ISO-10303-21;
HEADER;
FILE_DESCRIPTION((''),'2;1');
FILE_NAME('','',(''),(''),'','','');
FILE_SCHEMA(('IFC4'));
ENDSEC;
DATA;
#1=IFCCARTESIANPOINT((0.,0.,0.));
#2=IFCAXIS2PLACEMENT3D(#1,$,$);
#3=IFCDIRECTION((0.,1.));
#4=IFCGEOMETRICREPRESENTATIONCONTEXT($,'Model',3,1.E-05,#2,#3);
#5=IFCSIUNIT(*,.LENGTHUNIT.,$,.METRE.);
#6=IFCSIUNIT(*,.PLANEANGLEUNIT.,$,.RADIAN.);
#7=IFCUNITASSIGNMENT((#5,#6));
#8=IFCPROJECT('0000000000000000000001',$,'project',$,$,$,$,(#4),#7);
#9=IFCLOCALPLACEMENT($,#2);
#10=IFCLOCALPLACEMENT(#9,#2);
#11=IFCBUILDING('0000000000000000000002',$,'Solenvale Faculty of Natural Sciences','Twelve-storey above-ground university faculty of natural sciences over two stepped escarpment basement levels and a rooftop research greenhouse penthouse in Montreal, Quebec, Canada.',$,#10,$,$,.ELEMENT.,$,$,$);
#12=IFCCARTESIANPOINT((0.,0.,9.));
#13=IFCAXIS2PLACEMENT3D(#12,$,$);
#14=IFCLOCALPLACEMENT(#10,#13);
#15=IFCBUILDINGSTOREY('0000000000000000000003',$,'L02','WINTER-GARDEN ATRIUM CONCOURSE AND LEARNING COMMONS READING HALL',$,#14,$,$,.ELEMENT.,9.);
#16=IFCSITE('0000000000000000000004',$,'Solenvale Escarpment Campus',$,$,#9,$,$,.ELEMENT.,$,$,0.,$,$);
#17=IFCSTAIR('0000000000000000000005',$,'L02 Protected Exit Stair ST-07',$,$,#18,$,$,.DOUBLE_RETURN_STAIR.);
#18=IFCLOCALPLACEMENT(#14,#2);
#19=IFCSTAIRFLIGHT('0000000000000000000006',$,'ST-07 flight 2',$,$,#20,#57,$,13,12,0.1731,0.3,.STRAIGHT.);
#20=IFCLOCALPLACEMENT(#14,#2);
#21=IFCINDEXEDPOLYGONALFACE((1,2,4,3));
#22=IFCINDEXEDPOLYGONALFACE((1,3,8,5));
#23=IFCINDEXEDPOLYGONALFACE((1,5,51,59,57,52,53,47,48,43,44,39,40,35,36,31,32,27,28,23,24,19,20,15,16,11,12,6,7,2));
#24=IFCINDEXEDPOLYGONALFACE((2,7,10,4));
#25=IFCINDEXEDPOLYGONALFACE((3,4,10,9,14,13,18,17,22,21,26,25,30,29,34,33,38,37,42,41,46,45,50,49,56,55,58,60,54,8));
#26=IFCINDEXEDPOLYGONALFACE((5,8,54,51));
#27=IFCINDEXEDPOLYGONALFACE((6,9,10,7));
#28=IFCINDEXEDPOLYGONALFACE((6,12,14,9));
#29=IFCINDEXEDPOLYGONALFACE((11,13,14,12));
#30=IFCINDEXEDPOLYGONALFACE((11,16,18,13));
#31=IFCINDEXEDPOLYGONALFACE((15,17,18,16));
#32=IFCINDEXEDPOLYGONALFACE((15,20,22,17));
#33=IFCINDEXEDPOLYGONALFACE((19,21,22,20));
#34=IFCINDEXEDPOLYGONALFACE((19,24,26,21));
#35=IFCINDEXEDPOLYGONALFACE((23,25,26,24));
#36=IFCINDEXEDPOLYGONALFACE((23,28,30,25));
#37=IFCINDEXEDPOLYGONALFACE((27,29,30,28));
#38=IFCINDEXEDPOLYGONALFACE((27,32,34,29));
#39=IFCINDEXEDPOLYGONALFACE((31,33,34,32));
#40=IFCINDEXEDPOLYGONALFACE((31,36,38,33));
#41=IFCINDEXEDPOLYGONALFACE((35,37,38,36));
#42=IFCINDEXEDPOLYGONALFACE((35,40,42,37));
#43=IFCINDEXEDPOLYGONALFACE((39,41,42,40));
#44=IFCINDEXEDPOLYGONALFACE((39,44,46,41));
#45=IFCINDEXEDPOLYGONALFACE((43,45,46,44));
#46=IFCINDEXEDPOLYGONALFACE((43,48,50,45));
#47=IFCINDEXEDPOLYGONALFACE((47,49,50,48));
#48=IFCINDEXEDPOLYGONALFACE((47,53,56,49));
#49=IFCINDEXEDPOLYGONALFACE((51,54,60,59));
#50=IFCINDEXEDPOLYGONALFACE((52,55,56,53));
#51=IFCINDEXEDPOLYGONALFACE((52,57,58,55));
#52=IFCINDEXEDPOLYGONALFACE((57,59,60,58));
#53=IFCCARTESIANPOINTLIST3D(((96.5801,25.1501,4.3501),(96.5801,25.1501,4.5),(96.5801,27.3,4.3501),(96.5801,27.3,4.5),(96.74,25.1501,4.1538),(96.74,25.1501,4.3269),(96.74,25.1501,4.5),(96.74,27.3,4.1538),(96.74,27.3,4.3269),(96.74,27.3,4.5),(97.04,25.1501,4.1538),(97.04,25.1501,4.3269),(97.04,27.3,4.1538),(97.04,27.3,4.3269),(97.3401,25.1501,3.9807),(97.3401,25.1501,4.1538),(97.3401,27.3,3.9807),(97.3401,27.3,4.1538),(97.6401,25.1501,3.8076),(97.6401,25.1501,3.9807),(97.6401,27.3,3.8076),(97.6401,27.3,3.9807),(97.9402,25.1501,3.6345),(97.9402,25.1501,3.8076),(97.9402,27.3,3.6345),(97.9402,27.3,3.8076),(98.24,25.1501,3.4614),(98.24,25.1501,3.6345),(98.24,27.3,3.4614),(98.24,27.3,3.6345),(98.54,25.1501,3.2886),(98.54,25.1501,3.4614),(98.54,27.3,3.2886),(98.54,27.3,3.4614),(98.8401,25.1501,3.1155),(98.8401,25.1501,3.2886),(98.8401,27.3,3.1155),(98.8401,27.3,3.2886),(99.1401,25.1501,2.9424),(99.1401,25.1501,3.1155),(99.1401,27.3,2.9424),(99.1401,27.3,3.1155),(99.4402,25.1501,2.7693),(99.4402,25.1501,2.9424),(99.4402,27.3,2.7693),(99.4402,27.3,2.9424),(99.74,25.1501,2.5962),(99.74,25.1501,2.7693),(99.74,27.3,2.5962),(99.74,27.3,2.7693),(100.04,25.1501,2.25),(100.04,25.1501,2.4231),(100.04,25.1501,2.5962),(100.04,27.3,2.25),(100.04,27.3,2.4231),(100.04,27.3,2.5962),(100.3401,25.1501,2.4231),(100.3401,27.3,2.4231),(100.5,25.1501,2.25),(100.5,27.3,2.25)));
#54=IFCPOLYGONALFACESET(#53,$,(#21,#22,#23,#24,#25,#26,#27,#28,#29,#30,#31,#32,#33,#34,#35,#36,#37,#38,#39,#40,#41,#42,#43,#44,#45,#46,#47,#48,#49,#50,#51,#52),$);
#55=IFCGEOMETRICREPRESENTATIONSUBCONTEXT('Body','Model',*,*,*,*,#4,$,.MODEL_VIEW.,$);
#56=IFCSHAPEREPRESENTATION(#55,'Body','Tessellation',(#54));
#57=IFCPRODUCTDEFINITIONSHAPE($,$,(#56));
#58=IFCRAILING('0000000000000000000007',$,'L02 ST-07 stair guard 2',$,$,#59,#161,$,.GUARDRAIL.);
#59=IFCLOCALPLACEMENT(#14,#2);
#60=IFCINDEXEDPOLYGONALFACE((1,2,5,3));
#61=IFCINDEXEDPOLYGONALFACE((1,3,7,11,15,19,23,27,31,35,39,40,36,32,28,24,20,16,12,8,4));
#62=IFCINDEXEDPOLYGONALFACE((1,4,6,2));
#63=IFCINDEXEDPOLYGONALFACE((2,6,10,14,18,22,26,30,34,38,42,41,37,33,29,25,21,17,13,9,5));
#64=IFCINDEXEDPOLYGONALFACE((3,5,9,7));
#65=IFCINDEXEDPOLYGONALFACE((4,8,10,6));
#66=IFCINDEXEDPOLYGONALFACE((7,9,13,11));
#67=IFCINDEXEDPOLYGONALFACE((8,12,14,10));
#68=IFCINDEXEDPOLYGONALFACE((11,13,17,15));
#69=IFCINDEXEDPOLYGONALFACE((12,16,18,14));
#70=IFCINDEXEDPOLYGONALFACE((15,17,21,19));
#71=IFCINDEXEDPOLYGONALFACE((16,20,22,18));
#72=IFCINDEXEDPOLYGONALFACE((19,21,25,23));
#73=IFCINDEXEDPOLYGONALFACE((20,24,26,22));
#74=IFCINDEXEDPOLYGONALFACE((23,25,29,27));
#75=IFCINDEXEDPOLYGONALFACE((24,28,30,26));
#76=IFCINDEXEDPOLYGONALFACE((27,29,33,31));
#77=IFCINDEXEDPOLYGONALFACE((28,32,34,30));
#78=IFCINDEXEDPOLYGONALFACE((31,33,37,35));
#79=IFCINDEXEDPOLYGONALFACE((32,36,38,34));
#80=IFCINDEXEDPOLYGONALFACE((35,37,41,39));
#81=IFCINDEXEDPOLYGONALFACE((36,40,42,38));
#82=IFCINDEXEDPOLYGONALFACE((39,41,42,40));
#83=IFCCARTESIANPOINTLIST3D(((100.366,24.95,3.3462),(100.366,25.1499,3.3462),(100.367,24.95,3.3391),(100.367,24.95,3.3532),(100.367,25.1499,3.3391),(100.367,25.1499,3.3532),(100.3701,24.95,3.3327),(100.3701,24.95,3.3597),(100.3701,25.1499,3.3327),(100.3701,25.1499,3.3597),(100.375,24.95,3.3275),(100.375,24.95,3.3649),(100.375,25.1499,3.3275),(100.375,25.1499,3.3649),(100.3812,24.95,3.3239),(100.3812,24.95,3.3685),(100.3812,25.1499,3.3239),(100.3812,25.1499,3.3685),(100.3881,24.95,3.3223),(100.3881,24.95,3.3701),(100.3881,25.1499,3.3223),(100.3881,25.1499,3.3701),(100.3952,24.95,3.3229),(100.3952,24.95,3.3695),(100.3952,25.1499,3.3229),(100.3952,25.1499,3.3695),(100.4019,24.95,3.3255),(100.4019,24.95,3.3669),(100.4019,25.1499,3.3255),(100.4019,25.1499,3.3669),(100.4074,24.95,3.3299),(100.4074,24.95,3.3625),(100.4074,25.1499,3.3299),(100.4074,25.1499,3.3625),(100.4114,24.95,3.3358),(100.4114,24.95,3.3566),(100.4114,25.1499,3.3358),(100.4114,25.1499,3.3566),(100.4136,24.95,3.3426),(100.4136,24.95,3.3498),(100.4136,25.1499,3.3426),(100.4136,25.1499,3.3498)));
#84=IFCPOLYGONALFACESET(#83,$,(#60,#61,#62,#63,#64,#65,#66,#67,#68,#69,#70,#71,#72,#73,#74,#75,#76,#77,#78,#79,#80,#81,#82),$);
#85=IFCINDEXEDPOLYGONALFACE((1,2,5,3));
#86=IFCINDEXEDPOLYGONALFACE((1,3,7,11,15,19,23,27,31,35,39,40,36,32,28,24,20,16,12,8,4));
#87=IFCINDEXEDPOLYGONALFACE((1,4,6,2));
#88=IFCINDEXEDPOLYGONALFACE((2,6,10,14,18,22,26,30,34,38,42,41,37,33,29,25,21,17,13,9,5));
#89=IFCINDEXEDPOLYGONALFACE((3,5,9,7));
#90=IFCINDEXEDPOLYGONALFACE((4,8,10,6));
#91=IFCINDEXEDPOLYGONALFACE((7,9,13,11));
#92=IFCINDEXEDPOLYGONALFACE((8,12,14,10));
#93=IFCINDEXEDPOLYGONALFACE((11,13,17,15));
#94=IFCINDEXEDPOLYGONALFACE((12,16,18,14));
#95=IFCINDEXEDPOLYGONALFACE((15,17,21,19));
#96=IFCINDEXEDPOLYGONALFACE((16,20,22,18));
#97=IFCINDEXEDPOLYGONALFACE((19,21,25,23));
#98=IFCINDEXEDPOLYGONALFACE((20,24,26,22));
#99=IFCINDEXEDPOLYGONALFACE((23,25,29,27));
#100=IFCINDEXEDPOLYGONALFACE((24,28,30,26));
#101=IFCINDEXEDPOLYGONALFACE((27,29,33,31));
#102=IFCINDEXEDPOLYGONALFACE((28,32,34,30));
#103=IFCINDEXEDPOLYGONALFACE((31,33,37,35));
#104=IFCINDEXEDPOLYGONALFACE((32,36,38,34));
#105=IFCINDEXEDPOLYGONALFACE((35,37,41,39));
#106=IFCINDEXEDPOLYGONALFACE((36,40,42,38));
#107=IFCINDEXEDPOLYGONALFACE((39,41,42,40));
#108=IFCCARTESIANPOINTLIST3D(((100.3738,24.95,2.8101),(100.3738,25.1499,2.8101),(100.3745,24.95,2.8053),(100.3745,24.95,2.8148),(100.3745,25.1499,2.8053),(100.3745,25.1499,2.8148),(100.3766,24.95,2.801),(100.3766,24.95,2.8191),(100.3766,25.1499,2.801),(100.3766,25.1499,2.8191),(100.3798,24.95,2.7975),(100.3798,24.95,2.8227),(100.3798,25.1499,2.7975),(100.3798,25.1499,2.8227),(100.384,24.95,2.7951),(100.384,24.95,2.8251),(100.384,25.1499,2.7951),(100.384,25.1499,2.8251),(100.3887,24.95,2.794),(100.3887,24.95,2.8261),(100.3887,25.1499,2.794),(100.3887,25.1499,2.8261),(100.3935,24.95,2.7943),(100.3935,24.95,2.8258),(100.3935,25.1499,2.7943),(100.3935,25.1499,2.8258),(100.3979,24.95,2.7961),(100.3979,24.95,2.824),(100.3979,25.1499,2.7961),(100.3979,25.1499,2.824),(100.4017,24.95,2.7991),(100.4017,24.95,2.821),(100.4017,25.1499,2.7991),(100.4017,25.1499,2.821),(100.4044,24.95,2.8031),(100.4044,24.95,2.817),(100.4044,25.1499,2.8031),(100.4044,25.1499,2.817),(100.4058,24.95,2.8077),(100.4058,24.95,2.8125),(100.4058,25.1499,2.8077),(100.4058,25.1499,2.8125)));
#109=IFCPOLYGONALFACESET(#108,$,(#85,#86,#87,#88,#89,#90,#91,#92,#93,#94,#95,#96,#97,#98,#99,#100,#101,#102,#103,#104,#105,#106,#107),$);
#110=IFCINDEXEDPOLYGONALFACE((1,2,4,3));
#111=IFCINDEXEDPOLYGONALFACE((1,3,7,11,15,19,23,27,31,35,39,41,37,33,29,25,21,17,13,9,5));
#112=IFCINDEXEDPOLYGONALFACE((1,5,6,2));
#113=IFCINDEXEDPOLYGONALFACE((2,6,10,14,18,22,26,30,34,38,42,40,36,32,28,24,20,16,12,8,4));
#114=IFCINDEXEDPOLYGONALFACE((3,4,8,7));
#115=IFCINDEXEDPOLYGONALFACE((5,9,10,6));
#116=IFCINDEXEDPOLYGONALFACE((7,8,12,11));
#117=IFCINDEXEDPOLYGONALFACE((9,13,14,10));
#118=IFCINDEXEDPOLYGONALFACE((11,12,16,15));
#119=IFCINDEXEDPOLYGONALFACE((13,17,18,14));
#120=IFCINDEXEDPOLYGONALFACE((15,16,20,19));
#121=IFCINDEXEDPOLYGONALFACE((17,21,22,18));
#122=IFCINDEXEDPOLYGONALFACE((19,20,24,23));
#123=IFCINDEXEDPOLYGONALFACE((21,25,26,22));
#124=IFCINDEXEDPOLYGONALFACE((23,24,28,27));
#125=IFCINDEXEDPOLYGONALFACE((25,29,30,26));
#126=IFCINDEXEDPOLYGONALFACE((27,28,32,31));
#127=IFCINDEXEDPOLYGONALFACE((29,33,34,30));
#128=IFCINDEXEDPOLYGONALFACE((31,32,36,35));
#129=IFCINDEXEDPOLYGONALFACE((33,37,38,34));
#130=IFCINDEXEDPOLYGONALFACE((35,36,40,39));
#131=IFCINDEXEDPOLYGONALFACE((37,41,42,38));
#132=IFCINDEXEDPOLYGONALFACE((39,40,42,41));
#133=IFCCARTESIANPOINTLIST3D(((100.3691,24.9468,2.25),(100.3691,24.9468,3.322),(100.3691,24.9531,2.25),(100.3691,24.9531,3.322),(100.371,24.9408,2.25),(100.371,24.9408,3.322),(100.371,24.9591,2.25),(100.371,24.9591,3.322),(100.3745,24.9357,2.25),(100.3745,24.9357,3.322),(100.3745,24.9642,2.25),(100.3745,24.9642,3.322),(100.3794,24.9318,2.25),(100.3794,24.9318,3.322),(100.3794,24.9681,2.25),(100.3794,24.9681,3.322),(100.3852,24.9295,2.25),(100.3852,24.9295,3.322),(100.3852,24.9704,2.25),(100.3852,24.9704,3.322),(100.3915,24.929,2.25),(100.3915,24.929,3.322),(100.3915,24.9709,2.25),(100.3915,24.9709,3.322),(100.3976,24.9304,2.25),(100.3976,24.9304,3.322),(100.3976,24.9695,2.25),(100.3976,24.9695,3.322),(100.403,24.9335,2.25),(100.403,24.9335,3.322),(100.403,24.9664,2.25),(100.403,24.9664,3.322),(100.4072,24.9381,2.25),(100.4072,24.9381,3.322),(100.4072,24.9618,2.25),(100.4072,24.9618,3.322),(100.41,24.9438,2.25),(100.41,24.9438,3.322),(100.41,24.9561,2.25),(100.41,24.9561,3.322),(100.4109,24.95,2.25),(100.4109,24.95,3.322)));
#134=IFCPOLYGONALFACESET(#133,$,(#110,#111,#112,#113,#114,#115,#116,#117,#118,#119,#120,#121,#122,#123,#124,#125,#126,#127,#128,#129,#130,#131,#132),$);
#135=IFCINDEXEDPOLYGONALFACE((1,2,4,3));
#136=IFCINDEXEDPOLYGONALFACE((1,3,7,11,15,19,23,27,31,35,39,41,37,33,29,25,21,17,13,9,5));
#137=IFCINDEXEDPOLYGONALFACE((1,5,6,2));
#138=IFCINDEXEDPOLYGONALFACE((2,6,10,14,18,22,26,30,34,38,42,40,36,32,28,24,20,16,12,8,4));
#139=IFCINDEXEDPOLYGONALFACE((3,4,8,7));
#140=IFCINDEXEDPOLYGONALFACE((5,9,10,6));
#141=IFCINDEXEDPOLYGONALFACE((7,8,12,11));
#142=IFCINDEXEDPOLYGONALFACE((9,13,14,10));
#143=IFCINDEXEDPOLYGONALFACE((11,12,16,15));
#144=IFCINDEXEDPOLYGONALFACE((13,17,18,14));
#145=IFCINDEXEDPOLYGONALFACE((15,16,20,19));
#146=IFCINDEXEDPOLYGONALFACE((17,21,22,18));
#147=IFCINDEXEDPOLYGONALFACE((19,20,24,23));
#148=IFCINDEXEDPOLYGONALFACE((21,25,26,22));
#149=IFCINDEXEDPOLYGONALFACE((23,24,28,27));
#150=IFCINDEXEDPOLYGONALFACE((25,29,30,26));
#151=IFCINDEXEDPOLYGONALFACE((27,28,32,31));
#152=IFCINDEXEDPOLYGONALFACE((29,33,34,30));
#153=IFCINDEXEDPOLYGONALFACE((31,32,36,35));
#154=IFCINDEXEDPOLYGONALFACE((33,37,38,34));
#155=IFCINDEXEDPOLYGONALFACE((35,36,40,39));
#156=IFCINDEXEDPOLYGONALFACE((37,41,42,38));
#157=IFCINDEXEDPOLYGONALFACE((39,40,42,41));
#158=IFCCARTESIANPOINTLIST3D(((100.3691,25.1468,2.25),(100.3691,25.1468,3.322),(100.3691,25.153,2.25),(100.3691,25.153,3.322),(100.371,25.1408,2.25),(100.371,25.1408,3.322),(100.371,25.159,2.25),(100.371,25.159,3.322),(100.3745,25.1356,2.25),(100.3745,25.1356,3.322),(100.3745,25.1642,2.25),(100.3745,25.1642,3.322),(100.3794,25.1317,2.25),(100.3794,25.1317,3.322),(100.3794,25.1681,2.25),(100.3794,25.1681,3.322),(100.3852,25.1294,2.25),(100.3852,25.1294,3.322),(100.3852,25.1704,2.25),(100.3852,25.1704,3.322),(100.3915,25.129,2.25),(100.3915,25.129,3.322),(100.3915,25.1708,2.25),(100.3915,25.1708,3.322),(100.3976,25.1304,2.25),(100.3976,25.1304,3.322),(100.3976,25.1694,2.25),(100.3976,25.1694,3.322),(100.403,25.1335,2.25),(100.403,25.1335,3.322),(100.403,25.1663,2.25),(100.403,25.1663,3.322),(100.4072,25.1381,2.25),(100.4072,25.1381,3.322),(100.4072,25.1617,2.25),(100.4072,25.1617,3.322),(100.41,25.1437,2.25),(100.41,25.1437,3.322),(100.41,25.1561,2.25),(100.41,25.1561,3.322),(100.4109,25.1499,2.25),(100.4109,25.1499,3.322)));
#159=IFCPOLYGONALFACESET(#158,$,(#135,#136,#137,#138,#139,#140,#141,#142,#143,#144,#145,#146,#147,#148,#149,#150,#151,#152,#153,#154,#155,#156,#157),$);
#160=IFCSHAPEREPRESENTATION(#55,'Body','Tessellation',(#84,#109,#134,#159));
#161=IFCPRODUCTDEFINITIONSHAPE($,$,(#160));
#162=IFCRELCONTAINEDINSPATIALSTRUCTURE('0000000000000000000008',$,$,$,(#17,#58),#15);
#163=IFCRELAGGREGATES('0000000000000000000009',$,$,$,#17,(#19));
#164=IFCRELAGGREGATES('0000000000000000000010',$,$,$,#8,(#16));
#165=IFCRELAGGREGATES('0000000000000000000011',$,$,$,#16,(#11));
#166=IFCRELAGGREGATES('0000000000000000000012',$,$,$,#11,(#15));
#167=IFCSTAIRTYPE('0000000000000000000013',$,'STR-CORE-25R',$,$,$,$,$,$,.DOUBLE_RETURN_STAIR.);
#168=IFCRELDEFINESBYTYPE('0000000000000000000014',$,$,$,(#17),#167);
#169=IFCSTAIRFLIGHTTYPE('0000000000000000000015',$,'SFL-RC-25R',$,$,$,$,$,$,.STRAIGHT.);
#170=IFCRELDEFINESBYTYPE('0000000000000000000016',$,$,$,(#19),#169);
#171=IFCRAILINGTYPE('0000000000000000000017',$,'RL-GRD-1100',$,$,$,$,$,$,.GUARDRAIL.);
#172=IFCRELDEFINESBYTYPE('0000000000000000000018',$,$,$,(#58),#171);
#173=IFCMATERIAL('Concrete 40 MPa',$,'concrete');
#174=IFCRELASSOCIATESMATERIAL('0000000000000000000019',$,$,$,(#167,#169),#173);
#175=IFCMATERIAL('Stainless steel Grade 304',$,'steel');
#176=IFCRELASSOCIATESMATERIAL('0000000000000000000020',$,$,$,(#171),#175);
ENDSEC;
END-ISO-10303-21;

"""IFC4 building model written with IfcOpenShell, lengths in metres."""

from ifc_helpers import new_model, si_unit, direction, frame, origin, origin_2d, place, context, subcontext, project, spatial, polyline, circle, outline, extrude, material, type_object, element, aggregate, save


model = new_model("IFC4")

# Units and contexts
model_context = context("Model", 3, precision=1e-05, world=origin(), true_north=direction((0.0, 1.0)))
body_context = subcontext(model_context, "Body", "Model", "MODEL_VIEW")
ifc_project = project(units=[si_unit("LENGTHUNIT", "METRE"), si_unit("PLANEANGLEUNIT", "RADIAN")], contexts=[model_context])

# Site, building, storey
site_placement = place(None, origin())
site = spatial("IfcSite", under=ifc_project, at=site_placement, Name="Solenvale Escarpment Campus", CompositionType="ELEMENT", RefElevation=0.0)
building_placement = place(site_placement, origin())
building = spatial("IfcBuilding", under=site, at=building_placement, Name="Solenvale Faculty of Natural Sciences", Description="Twelve-storey above-ground university faculty of natural sciences over two stepped escarpment basement levels and a rooftop research greenhouse penthouse in Montreal, Quebec, Canada.", CompositionType="ELEMENT")
storey_placement = place(building_placement, frame((0.0, 0.0, 9.0)))
storey = spatial("IfcBuildingStorey", under=building, at=storey_placement, Name="L02", Description="WINTER-GARDEN ATRIUM CONCOURSE AND LEARNING COMMONS READING HALL", CompositionType="ELEMENT", Elevation=9.0)

# Shared definitions
ifc_material_1 = material(Name="Concrete 40 MPa", Category="concrete")

# Stair, stair flight
stair_type = type_object("IfcStairType", Name="STR-CORE-25R", PredefinedType="DOUBLE_RETURN_STAIR", material=ifc_material_1)
stair_placement = place(storey_placement, origin())
stair = element("IfcStair", 1, at=stair_placement, inside=storey, type_object=stair_type, Name="L02 Protected Exit Stair ST-07", PredefinedType="DOUBLE_RETURN_STAIR")
stair_flight_type = type_object("IfcStairFlightType", Name="SFL-RC-25R", PredefinedType="STRAIGHT", material=ifc_material_1)
stair_flight_1_placement = place(storey_placement, frame((100.3401, 26.2251, 2.25), z_axis=(0.0, 0.0, 1.0), x_axis=(-1.0, 0.0, 0.0)))
stair_flight_1 = element("IfcStairFlight", 2, at=stair_flight_1_placement, type_object=stair_flight_type, Name="ST-07 flight 2", NumberOfRisers=13, NumberOfTreads=12, PredefinedType="STRAIGHT", RiserHeight=0.1731, TreadLength=0.3, context=body_context, shape_type="SweptSolid", body=[
    extrude(outline(polyline([(-0.1599, 0.0), (0.0, 0.1731), (0.3, 0.1731), (0.3, 0.3462), (0.6001, 0.3462), (0.6001, 0.5193), (0.8999, 0.5193), (0.8999, 0.6924), (1.2, 0.6924), (1.2, 0.8655), (1.5, 0.8655), (1.5, 1.0386), (1.8, 1.0386), (1.8, 1.2114), (2.1001, 1.2114), (2.1001, 1.3845), (2.3999, 1.3845), (2.3999, 1.5576), (2.7, 1.5576), (2.7, 1.7307), (3.0, 1.7307), (3.0, 1.9038), (3.3, 1.9038), (3.3, 2.0769), (3.6001, 2.0769), (3.6001, 2.25), (3.76, 2.25), (3.76, 2.1001), (3.6001, 1.9038), (0.3, 0.0), (-0.1599, 0.0)])), frame((0.0, 1.075, 0.0), z_axis=(0.0, -1.0, 0.0), x_axis=(1.0, 0.0, 0.0)), (0.0, 0.0, 1.0), 2.1499),
])
aggregate(stair, [stair_flight_1])

# Railing
ifc_material_2 = material(Name="Stainless steel Grade 304", Category="steel")
railing_type_1 = type_object("IfcRailingType", Name="RL-GRD-1100", PredefinedType="GUARDRAIL", material=ifc_material_2)
railing_1_placement = place(storey_placement, frame((100.3899, 24.95, 2.25)))
element("IfcRailing", 3, at=railing_1_placement, inside=storey, type_object=railing_type_1, Name="L02 ST-07 stair guard 2", PredefinedType="GUARDRAIL", context=body_context, shape_type="SweptSolid", body=[
    extrude(circle(Radius=0.0239, at=origin_2d()), frame((0.0, 0.0, 1.0962), z_axis=(0.0, 1.0, 0.0), x_axis=(-1.0, 0.0, 0.0)), (0.0, 0.0, 1.0), 0.2),
    extrude(circle(Radius=0.0161, at=origin_2d()), frame((0.0, 0.0, 0.5601), z_axis=(0.0, 1.0, 0.0), x_axis=(-1.0, 0.0, 0.0)), (0.0, 0.0, 1.0), 0.2),
    extrude(circle(Radius=0.021, at=origin_2d()), origin(), (0.0, 0.0, 1.0), 1.072),
    extrude(circle(Radius=0.021, at=origin_2d()), frame((0.0, 0.2, 0.0)), (0.0, 0.0, 1.0), 1.072),
])

save(model, "model.ifc")
